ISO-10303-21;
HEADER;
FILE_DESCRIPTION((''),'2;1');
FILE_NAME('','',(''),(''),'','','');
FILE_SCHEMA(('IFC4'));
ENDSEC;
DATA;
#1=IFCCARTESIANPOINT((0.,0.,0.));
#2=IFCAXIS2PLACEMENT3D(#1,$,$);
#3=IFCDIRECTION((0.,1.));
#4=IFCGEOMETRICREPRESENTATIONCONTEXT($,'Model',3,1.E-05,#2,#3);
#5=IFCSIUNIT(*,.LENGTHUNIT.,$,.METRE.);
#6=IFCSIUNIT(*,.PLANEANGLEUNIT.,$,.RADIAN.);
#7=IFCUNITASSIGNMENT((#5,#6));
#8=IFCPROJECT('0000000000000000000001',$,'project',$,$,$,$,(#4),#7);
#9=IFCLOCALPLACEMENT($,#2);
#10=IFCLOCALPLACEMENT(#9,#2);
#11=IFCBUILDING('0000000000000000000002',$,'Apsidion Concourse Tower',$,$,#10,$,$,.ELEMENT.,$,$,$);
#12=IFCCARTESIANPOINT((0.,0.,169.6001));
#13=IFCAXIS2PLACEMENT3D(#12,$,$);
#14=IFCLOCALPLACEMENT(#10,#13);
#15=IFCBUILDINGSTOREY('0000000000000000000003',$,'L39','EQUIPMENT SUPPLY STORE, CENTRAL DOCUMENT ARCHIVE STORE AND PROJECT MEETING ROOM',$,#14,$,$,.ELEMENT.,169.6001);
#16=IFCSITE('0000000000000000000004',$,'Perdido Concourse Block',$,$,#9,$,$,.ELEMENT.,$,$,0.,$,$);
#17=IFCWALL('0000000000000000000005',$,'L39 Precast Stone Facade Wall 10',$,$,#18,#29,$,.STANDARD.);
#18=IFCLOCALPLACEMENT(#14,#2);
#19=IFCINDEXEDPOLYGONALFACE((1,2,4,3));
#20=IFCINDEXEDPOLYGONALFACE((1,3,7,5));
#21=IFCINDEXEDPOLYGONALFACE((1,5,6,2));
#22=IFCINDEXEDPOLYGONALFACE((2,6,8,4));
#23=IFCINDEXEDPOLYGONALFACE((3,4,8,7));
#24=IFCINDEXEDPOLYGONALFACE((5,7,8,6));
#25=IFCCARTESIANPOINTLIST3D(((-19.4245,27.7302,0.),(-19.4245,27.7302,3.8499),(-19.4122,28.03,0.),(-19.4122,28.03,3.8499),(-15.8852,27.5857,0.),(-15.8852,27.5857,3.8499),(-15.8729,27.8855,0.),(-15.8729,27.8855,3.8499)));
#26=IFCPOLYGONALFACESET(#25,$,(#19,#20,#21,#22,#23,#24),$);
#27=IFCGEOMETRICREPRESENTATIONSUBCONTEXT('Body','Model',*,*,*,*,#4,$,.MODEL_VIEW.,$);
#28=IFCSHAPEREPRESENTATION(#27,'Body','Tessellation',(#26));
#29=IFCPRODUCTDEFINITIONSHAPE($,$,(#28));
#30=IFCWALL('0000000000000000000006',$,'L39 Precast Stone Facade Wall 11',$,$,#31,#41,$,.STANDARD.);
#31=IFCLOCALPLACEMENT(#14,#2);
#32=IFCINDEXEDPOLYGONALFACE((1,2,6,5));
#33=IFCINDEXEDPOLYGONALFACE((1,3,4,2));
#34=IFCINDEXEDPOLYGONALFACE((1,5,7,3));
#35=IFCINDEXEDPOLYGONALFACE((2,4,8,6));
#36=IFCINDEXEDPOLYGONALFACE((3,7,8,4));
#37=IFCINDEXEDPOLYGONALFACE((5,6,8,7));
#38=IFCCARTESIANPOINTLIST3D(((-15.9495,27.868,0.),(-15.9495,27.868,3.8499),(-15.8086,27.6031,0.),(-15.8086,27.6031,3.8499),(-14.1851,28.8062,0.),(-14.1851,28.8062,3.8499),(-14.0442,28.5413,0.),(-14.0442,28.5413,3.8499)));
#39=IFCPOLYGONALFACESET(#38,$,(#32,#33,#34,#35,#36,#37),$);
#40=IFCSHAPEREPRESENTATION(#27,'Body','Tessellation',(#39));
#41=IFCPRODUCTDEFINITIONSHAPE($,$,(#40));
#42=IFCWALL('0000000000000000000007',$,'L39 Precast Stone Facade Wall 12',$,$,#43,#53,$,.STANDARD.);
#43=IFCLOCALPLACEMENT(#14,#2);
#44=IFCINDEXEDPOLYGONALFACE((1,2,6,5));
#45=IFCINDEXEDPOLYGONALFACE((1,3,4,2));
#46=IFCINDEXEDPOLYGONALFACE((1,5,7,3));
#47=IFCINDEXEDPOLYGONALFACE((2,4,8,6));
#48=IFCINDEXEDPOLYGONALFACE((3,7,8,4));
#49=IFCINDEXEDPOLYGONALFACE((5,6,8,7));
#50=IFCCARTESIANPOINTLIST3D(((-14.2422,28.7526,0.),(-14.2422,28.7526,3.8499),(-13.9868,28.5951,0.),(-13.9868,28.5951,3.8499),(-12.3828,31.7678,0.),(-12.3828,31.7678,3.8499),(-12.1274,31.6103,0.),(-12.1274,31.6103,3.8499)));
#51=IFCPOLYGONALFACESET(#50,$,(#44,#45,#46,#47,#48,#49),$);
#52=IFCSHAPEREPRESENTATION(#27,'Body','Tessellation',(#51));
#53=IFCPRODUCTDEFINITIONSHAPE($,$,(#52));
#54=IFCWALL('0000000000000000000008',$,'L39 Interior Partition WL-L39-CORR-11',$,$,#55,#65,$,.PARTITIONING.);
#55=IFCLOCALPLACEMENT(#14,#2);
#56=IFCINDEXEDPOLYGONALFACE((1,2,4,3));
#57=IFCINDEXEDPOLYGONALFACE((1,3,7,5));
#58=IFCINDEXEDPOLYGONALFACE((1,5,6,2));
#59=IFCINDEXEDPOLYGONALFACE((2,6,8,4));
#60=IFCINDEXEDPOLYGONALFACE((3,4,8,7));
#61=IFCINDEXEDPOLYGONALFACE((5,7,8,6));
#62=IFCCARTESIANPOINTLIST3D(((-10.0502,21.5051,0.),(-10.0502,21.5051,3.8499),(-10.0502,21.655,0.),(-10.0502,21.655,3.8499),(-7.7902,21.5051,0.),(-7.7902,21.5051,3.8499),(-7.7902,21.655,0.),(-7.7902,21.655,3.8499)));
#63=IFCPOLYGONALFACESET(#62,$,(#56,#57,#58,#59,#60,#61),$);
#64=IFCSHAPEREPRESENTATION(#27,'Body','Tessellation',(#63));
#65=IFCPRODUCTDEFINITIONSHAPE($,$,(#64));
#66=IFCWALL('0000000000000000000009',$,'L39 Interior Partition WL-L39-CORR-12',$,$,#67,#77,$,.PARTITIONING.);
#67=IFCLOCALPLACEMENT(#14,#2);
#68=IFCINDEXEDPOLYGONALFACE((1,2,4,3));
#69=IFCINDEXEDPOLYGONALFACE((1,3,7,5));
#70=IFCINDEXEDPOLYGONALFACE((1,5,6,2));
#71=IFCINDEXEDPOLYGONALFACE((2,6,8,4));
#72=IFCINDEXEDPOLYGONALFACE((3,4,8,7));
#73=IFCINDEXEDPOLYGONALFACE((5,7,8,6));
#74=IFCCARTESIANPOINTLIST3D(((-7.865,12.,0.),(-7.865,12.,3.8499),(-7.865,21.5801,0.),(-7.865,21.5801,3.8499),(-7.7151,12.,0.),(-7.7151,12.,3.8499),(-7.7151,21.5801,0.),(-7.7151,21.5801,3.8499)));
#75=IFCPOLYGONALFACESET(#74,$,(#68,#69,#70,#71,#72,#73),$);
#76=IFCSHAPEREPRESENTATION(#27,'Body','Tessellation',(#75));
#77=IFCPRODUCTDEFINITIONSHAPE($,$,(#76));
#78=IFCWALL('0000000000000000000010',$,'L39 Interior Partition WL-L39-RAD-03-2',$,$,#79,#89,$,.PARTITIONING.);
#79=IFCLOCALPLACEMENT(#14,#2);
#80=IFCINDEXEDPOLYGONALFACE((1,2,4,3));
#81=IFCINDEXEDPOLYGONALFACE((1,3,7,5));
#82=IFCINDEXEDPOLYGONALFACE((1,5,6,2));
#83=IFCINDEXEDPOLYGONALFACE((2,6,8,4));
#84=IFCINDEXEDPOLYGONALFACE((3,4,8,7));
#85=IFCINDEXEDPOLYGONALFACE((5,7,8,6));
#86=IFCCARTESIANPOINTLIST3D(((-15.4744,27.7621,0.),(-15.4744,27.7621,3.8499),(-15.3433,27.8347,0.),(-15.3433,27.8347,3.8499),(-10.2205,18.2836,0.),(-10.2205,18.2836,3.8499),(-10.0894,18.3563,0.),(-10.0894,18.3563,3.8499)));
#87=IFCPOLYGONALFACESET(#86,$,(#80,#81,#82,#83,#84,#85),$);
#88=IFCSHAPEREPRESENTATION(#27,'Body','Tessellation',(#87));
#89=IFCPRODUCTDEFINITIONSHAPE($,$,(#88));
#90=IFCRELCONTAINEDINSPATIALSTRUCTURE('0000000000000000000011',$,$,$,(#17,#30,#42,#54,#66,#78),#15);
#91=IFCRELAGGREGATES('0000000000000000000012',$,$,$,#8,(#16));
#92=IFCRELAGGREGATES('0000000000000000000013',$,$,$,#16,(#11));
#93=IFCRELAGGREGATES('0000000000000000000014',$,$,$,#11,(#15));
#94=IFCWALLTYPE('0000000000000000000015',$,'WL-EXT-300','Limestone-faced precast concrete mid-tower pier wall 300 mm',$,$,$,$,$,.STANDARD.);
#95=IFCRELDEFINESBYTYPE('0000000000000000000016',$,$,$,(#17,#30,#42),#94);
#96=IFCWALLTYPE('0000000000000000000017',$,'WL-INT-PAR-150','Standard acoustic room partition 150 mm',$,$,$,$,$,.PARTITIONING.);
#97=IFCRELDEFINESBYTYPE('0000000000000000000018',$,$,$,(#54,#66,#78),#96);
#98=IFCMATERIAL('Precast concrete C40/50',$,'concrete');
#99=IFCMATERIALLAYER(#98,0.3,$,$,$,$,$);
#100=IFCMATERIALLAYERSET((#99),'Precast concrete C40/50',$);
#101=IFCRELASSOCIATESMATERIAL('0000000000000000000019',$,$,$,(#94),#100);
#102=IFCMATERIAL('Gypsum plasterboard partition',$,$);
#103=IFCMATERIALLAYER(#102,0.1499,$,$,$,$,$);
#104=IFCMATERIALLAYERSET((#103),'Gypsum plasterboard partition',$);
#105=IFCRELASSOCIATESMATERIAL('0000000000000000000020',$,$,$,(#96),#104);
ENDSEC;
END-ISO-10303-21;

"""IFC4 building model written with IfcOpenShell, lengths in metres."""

from ifc_helpers import new_model, si_unit, direction, frame, frame_2d, origin, place, context, subcontext, project, spatial, rectangle, extrude, material, layer, layer_set, type_object, element, save


model = new_model("IFC4")

# Units and contexts
model_context = context("Model", 3, precision=1e-05, world=origin(), true_north=direction((0.0, 1.0)))
body_context = subcontext(model_context, "Body", "Model", "MODEL_VIEW")
ifc_project = project(units=[si_unit("LENGTHUNIT", "METRE"), si_unit("PLANEANGLEUNIT", "RADIAN")], contexts=[model_context])

# Site, building, storey
site_placement = place(None, origin())
site = spatial("IfcSite", under=ifc_project, at=site_placement, Name="Perdido Concourse Block", CompositionType="ELEMENT", RefElevation=0.0)
building_placement = place(site_placement, origin())
building = spatial("IfcBuilding", under=site, at=building_placement, Name="Apsidion Concourse Tower", CompositionType="ELEMENT")
storey_placement = place(building_placement, frame((0.0, 0.0, 169.6001)))
storey = spatial("IfcBuildingStorey", under=building, at=storey_placement, Name="L39", Description="EQUIPMENT SUPPLY STORE, CENTRAL DOCUMENT ARCHIVE STORE AND PROJECT MEETING ROOM", CompositionType="ELEMENT", Elevation=169.6001)

# Shared definitions
ifc_material_1 = material(Name="Precast concrete C40/50", Category="concrete")
ifc_layer_1 = layer(ifc_material_1, 0.3)
ifc_layer_set_1 = layer_set([ifc_layer_1], Name="Precast concrete C40/50")
wall_type_1 = type_object("IfcWallType", Name="WL-EXT-300", Description="Limestone-faced precast concrete mid-tower pier wall 300 mm", PredefinedType="STANDARD", material=ifc_layer_set_1)

# Walls
wall_1_placement = place(storey_placement, frame((-19.4182, 27.8801, 0.0), z_axis=(0.0, 0.0, 1.0), x_axis=(0.999167, -0.040802, 0.0)))
element("IfcWall", 1, at=wall_1_placement, inside=storey, type_object=wall_type_1, Name="L39 Precast Stone Facade Wall 10", PredefinedType="STANDARD", context=body_context, shape_type="SweptSolid", body=[
    extrude(rectangle(XDim=3.5422, YDim=0.3, at=frame_2d((1.771, 0.0))), origin(), (0.0, 0.0, 1.0), 3.8499),
])
wall_2_placement = place(storey_placement, frame((-15.8789, 27.7356, 0.0), z_axis=(0.0, 0.0, 1.0), x_axis=(0.882931, 0.469504, 0.0)))
element("IfcWall", 2, at=wall_2_placement, inside=storey, type_object=wall_type_1, Name="L39 Precast Stone Facade Wall 11", PredefinedType="STANDARD", context=body_context, shape_type="SweptSolid", body=[
    extrude(rectangle(XDim=1.9983, YDim=0.3, at=frame_2d((0.999, 0.0))), origin(), (0.0, 0.0, 1.0), 3.8499),
])
wall_3_placement = place(storey_placement, frame((-14.1145, 28.6738, 0.0), z_axis=(0.0, 0.0, 1.0), x_axis=(0.524897, 0.851166, 0.0)))
element("IfcWall", 3, at=wall_3_placement, inside=storey, type_object=wall_type_1, Name="L39 Precast Stone Facade Wall 12", PredefinedType="STANDARD", context=body_context, shape_type="SweptSolid", body=[
    extrude(rectangle(XDim=3.5425, YDim=0.3, at=frame_2d((1.7712, 0.0))), origin(), (0.0, 0.0, 1.0), 3.8499),
])
ifc_material_2 = material(Name="Gypsum plasterboard partition")
ifc_layer_2 = layer(ifc_material_2, 0.1499)
ifc_layer_set_2 = layer_set([ifc_layer_2], Name="Gypsum plasterboard partition")
wall_type_2 = type_object("IfcWallType", Name="WL-INT-PAR-150", Description="Standard acoustic room partition 150 mm", PredefinedType="PARTITIONING", material=ifc_layer_set_2)
wall_4_placement = place(storey_placement, frame((-10.05, 21.5801, 0.0), z_axis=(0.0, 0.0, 1.0), x_axis=(1.0, 0.0, 0.0)))
element("IfcWall", 4, at=wall_4_placement, inside=storey, type_object=wall_type_2, Name="L39 Interior Partition WL-L39-CORR-11", PredefinedType="PARTITIONING", context=body_context, shape_type="SweptSolid", body=[
    extrude(rectangle(XDim=2.26, YDim=0.1499, at=frame_2d((1.1299, 0.0))), origin(), (0.0, 0.0, 1.0), 3.8499),
])
wall_5_placement = place(storey_placement, frame((-7.79, 21.5801, 0.0), z_axis=(0.0, 0.0, 1.0), x_axis=(0.0, -1.0, 0.0)))
element("IfcWall", 5, at=wall_5_placement, inside=storey, type_object=wall_type_2, Name="L39 Interior Partition WL-L39-CORR-12", PredefinedType="PARTITIONING", context=body_context, shape_type="SweptSolid", body=[
    extrude(rectangle(XDim=9.5801, YDim=0.1499, at=frame_2d((4.79, 0.0))), origin(), (0.0, 0.0, 1.0), 3.8499),
])
wall_6_placement = place(storey_placement, frame((-10.155, 18.3201, 0.0), z_axis=(0.0, 0.0, 1.0), x_axis=(-0.484801, 0.874624, 0.0)))
element("IfcWall", 6, at=wall_6_placement, inside=storey, type_object=wall_type_2, Name="L39 Interior Partition WL-L39-RAD-03-2", PredefinedType="PARTITIONING", context=body_context, shape_type="SweptSolid", body=[
    extrude(rectangle(XDim=10.8372, YDim=0.1499, at=frame_2d((5.4185, 0.0))), origin(), (0.0, 0.0, 1.0), 3.8499),
])

save(model, "model.ifc")
